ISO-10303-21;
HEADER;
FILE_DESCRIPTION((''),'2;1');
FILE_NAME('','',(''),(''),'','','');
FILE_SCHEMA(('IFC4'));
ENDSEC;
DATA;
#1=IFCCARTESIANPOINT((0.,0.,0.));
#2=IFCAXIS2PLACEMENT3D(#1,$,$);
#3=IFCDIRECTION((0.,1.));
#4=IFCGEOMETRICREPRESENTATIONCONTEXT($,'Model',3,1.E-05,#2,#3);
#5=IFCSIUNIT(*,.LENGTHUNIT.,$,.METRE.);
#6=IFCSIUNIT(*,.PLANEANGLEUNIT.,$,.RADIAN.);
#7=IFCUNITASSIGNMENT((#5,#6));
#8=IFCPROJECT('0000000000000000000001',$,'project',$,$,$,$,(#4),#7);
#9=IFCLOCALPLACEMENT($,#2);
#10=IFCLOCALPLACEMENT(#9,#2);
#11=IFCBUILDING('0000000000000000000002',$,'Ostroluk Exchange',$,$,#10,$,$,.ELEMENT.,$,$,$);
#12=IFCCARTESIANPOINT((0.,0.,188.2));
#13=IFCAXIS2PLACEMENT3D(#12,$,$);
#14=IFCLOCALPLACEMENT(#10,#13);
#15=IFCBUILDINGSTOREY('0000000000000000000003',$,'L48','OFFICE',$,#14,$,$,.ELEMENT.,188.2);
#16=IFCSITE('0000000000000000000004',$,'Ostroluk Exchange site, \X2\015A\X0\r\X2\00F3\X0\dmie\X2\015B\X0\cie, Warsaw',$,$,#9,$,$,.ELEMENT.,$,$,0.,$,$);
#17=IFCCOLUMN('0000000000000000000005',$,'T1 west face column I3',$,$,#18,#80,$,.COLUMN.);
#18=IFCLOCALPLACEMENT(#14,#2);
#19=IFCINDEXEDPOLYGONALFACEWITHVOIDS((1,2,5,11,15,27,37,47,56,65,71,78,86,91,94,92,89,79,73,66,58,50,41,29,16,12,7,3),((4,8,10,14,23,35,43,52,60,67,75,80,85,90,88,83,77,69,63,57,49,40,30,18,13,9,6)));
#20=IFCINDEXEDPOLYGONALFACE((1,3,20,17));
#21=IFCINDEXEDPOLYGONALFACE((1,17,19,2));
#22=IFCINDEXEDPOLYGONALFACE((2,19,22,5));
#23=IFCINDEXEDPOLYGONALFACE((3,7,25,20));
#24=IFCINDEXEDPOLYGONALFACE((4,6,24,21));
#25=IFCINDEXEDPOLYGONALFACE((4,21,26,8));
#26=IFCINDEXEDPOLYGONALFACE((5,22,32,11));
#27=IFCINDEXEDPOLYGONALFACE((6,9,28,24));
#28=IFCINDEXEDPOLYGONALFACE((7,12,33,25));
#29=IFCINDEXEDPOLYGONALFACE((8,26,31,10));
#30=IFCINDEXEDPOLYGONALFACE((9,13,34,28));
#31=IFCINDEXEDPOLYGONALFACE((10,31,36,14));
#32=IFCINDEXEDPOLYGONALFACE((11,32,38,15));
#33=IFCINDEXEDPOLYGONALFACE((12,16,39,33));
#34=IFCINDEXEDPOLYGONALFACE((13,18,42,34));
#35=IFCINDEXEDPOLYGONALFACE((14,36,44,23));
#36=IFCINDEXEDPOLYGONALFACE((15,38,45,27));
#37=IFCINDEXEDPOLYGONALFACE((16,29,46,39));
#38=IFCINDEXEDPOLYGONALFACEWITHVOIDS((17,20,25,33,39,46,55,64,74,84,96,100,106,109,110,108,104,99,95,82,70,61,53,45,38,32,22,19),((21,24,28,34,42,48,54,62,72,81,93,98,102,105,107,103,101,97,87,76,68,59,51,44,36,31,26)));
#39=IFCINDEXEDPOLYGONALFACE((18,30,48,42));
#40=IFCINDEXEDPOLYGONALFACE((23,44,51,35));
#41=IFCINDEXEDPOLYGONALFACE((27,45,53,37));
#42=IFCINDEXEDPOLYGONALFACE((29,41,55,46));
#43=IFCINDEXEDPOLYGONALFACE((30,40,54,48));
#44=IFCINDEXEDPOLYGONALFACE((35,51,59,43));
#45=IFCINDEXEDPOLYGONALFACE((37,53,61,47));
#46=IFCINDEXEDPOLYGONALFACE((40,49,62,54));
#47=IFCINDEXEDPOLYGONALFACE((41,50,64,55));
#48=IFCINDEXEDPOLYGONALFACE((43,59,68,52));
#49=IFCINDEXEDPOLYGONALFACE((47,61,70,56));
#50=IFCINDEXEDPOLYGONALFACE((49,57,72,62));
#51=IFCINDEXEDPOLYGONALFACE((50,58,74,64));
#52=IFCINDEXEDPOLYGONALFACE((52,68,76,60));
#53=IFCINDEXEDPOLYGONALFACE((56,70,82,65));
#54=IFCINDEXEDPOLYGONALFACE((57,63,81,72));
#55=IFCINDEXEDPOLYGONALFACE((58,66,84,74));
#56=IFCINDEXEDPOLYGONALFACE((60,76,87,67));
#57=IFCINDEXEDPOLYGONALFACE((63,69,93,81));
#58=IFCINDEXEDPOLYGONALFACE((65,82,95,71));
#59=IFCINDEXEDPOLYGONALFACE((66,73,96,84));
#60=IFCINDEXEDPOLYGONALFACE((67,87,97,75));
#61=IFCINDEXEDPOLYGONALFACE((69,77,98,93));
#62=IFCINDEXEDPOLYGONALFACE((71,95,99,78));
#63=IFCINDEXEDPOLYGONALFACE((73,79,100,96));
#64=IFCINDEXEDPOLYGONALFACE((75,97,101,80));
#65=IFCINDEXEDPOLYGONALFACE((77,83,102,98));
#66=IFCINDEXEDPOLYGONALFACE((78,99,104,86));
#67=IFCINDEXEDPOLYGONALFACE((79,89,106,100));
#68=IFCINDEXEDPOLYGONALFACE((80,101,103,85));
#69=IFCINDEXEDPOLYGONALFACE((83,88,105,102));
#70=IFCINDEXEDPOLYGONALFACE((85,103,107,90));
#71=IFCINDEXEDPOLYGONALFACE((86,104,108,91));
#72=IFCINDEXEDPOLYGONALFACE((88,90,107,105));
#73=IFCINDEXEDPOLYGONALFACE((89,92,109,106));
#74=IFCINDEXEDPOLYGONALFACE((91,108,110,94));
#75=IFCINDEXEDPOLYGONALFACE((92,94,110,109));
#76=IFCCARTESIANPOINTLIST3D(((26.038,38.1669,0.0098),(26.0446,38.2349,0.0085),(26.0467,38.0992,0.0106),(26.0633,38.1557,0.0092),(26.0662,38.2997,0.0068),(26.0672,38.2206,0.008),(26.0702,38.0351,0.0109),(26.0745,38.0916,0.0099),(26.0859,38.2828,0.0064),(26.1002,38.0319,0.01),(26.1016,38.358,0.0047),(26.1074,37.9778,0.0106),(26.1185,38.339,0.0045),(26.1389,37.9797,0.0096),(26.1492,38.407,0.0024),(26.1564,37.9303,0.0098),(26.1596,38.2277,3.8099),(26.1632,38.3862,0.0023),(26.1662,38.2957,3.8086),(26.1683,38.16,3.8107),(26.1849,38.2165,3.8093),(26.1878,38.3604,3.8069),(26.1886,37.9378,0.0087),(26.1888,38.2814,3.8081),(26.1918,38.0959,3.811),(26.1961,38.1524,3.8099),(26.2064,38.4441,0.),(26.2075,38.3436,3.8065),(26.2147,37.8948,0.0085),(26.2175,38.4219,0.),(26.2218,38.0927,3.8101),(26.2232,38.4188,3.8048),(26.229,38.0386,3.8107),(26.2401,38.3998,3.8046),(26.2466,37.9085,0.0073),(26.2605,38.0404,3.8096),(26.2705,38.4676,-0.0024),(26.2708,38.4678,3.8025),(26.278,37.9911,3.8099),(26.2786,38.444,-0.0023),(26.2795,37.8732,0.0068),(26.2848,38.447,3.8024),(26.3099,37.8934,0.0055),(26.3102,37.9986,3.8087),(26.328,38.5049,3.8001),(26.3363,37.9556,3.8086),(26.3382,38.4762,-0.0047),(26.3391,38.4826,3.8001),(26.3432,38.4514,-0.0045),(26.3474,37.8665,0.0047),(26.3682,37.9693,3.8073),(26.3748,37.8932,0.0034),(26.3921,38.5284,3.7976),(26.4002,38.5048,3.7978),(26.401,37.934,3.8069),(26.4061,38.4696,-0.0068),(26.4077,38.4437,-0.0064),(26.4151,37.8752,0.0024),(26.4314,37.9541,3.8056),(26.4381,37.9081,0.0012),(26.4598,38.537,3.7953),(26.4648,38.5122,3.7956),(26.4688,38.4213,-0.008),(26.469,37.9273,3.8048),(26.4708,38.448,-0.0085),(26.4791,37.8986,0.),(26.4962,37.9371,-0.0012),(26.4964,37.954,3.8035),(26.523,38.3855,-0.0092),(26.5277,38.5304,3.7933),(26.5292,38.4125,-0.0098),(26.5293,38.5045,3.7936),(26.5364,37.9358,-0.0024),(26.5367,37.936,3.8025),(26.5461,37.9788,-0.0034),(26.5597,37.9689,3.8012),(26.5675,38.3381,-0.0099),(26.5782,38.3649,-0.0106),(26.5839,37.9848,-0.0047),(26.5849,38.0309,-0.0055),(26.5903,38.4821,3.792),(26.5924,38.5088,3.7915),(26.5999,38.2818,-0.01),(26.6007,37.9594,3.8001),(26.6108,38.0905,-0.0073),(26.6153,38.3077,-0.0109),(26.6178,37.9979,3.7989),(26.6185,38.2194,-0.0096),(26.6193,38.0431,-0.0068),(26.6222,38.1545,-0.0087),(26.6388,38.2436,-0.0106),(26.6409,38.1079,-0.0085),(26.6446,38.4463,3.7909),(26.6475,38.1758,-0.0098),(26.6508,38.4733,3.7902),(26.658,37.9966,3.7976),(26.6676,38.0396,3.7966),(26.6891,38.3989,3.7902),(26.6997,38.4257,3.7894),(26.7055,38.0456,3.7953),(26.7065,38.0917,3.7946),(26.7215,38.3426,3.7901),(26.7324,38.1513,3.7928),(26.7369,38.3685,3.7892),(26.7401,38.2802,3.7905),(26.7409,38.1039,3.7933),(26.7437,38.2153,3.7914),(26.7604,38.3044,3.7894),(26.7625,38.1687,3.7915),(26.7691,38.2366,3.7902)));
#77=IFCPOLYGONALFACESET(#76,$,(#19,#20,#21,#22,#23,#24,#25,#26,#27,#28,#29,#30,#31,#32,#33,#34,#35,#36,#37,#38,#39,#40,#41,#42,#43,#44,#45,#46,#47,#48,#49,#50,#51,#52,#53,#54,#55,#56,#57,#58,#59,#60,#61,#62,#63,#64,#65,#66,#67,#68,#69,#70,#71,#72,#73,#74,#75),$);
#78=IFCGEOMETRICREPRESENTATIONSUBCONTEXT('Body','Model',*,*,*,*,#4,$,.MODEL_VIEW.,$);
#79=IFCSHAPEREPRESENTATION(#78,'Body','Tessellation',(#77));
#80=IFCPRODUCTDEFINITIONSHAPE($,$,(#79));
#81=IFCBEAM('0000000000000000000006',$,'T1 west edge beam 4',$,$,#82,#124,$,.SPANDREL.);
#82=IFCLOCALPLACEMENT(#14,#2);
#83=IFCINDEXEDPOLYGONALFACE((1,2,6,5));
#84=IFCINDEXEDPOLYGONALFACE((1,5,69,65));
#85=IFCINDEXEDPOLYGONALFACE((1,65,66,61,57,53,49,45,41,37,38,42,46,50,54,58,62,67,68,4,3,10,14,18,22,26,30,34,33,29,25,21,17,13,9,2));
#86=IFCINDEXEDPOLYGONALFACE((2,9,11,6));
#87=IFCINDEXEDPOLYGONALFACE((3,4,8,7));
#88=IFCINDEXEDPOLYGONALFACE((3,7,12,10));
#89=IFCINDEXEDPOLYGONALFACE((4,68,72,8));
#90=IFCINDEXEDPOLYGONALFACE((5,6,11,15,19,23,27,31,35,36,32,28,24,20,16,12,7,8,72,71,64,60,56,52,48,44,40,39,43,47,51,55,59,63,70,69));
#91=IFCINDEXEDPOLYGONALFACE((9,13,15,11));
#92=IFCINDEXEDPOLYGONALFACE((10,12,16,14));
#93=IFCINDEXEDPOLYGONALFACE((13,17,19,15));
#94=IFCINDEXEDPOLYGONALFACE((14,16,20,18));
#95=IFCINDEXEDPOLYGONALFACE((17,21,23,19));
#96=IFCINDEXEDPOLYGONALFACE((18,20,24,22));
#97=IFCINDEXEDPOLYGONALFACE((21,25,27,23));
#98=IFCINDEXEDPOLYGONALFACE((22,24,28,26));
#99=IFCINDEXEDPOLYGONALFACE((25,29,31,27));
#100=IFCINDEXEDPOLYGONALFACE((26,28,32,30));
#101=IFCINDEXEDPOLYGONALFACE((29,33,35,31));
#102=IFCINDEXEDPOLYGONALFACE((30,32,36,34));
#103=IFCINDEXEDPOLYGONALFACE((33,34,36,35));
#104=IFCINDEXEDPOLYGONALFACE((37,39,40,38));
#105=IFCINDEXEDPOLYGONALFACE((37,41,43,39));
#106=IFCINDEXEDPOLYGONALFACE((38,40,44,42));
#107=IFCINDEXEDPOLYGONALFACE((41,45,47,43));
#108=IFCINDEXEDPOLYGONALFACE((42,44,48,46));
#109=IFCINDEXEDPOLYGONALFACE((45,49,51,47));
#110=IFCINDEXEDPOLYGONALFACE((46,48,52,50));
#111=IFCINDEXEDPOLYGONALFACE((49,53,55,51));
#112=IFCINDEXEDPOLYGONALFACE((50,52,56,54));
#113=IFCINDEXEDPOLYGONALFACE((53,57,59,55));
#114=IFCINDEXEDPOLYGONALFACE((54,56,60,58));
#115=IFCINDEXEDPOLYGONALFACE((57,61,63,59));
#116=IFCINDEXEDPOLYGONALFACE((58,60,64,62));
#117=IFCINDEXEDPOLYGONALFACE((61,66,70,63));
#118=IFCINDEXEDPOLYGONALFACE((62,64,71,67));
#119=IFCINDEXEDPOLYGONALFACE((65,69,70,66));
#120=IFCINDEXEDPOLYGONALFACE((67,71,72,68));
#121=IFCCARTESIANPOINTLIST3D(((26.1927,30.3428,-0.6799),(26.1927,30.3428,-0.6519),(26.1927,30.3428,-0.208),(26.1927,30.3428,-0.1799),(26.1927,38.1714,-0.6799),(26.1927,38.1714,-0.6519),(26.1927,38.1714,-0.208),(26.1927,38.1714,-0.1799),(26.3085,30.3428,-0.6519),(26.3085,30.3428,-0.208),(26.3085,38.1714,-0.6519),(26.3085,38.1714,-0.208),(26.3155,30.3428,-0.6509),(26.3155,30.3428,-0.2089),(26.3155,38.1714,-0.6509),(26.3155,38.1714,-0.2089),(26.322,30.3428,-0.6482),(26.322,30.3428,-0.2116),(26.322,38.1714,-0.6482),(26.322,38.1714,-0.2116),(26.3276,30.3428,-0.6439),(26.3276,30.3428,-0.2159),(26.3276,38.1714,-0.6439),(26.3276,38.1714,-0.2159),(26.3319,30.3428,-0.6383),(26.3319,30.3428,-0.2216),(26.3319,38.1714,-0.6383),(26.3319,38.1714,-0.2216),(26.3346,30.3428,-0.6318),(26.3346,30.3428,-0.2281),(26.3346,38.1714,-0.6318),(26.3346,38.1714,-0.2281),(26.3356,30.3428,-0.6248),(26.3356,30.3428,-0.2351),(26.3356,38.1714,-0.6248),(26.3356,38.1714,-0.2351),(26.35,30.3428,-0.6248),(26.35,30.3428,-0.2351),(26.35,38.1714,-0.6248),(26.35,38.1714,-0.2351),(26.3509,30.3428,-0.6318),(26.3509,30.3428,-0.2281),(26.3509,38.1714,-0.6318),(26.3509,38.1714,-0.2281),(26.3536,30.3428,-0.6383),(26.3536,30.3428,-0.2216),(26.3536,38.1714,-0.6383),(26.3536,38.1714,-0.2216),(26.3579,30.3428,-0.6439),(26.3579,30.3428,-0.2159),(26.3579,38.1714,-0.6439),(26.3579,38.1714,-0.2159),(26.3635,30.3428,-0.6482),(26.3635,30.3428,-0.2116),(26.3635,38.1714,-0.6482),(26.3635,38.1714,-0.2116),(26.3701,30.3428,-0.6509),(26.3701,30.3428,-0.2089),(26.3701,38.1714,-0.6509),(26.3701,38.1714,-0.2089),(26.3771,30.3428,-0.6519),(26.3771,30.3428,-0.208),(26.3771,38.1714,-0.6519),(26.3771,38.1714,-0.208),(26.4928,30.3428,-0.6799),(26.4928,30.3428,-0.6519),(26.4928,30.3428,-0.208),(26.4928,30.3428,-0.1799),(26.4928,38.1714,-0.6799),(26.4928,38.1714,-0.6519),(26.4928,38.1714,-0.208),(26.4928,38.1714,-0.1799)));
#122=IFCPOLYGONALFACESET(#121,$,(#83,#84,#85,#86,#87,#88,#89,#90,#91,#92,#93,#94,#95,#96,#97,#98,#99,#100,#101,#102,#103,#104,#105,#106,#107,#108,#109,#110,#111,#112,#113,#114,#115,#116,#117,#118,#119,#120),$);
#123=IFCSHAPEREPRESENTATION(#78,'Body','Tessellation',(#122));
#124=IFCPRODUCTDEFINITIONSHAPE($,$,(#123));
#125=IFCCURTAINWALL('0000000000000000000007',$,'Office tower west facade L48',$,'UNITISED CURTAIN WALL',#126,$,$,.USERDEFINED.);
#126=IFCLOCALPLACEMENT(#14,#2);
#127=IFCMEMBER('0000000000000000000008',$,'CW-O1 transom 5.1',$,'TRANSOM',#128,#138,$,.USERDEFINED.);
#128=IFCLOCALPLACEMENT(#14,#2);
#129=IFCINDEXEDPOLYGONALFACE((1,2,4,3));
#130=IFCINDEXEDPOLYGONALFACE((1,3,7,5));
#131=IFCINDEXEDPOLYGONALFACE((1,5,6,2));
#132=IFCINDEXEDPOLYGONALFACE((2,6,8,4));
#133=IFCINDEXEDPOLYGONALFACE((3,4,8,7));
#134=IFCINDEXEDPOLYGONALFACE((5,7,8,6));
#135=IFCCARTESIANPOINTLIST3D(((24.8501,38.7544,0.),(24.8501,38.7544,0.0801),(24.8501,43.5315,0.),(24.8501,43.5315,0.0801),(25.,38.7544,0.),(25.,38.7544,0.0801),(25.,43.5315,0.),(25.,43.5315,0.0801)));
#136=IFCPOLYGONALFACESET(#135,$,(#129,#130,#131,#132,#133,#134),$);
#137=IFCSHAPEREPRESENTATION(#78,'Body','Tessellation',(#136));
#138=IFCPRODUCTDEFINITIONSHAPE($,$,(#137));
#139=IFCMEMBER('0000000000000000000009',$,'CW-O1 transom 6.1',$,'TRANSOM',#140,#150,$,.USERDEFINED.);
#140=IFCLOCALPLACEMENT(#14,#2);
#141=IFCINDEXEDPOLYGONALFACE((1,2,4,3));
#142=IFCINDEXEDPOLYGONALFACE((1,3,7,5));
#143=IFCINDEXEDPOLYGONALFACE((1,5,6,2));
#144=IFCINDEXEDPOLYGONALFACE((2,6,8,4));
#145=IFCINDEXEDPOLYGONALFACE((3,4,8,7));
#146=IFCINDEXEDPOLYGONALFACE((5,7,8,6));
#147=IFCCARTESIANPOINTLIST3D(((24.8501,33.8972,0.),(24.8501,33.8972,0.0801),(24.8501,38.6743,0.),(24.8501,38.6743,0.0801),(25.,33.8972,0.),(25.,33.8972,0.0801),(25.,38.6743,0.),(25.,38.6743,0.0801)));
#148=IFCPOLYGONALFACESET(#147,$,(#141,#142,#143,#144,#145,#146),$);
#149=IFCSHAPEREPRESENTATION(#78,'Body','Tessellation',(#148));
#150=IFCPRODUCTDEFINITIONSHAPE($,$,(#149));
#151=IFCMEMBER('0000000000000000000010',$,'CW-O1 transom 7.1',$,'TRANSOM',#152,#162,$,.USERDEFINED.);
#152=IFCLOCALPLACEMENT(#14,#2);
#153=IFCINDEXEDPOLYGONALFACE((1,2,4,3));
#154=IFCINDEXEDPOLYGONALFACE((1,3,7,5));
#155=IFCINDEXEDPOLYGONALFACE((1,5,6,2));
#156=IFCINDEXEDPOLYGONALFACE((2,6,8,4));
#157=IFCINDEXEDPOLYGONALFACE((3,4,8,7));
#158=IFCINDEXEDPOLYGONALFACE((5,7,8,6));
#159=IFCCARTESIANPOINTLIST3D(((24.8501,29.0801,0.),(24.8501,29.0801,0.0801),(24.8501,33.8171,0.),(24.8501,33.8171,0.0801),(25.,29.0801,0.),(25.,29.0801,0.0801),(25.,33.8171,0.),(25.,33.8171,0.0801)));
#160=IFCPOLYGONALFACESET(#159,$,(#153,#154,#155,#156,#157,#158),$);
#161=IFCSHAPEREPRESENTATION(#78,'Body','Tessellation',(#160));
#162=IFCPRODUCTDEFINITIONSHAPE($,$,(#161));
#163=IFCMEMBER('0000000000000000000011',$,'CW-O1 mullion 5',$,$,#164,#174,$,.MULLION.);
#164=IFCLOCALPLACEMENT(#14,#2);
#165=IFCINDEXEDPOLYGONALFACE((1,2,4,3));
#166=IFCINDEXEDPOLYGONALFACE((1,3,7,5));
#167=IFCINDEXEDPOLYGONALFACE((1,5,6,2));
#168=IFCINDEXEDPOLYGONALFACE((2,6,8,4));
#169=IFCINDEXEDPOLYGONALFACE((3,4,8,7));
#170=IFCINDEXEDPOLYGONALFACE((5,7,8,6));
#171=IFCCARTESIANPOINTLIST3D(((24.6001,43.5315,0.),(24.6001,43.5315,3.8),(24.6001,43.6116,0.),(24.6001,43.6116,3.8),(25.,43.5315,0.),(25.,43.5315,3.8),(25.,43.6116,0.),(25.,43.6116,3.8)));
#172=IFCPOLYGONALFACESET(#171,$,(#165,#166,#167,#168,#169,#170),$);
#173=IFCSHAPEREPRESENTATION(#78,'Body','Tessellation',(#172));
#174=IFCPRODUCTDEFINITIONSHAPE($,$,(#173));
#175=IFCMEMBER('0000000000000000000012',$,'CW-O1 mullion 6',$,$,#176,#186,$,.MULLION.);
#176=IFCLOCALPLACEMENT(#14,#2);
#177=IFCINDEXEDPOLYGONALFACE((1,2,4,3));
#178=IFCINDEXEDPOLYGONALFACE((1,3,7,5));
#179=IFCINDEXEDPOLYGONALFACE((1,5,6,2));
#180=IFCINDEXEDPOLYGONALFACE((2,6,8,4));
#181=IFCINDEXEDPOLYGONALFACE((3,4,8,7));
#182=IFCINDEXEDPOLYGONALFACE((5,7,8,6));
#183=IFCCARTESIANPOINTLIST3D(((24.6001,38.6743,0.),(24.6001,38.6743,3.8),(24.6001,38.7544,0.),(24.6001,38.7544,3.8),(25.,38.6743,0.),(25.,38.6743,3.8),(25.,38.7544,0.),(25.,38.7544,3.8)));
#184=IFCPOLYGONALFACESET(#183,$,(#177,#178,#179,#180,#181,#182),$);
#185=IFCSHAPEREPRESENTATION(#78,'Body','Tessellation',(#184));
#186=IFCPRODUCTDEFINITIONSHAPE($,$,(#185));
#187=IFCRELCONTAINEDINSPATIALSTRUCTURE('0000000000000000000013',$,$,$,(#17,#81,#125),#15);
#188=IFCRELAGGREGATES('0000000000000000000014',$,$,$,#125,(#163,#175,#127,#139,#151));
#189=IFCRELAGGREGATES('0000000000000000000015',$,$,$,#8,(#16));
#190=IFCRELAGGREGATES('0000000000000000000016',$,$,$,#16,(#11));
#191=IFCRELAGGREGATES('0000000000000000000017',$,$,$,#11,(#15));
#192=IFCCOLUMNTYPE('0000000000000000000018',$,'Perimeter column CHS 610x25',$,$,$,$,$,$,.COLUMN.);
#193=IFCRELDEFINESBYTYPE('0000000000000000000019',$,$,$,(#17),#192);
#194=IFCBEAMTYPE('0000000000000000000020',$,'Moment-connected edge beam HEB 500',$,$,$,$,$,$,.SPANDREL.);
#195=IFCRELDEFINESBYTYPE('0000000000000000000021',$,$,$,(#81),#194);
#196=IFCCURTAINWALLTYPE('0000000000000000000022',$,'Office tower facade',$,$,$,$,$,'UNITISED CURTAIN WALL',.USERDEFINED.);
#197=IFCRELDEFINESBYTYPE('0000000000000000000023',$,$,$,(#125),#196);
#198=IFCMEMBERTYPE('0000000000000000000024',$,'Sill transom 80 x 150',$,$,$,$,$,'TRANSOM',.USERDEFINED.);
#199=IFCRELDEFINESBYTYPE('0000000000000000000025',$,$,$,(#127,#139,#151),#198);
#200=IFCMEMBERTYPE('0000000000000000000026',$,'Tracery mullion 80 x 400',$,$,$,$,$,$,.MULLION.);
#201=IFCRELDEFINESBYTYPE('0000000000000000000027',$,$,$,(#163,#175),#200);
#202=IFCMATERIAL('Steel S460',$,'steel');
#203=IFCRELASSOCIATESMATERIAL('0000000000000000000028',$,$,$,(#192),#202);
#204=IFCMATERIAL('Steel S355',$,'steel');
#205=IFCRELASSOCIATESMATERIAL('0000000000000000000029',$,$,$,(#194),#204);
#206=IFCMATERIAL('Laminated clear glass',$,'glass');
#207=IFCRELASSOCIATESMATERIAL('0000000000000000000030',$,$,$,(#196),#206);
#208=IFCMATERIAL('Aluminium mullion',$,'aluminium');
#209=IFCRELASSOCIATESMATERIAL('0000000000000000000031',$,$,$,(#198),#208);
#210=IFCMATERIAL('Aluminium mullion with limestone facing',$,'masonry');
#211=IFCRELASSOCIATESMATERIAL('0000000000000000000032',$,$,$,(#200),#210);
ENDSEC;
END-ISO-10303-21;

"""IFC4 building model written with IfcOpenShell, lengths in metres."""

from ifc_helpers import new_model, si_unit, direction, frame, origin, origin_2d, place, context, subcontext, project, spatial, rectangle, hollow_circle, i_section, extrude, material, material_profile, profile_set, type_object, element, aggregate, save


model = new_model("IFC4")

# Units and contexts
model_context = context("Model", 3, precision=1e-05, world=origin(), true_north=direction((0.0, 1.0)))
body_context = subcontext(model_context, "Body", "Model", "MODEL_VIEW")
ifc_project = project(units=[si_unit("LENGTHUNIT", "METRE"), si_unit("PLANEANGLEUNIT", "RADIAN")], contexts=[model_context])

# Site, building, storey
site_placement = place(None, origin())
site = spatial("IfcSite", under=ifc_project, at=site_placement, Name="Ostroluk Exchange site, Śródmieście, Warsaw", CompositionType="ELEMENT", RefElevation=0.0)
building_placement = place(site_placement, origin())
building = spatial("IfcBuilding", under=site, at=building_placement, Name="Ostroluk Exchange", CompositionType="ELEMENT")
storey_placement = place(building_placement, frame((0.0, 0.0, 188.2)))
storey = spatial("IfcBuildingStorey", under=building, at=storey_placement, Name="L48", Description="OFFICE", CompositionType="ELEMENT", Elevation=188.2)

# Column
ifc_material_1 = material(Name="Steel S460", Category="steel")
ifc_material_profile_1 = material_profile(ifc_material_1, hollow_circle(Radius=0.3049, WallThickness=0.0249, at=origin_2d()), Name="CHS 610x25")
ifc_profile_set_1 = profile_set([ifc_material_profile_1], Name="Steel S460")
column_type = type_object("IfcColumnType", Name="Perimeter column CHS 610x25", PredefinedType="COLUMN", material=ifc_profile_set_1)
column_placement = place(storey_placement, frame((26.3428, 38.1714, 0.0), z_axis=(0.031974, 0.015987, 0.999361), x_axis=(-0.447214, 0.894427, 0.0)))
element("IfcColumn", 1, at=column_placement, inside=storey, type_object=column_type, Name="T1 west face column I3", PredefinedType="COLUMN", context=body_context, shape_type="SweptSolid", body=[
    extrude(hollow_circle(Radius=0.3049, WallThickness=0.0249, at=origin_2d()), origin(), (0.0, 0.0, 1.0), 3.8025),
])

# Beam
ifc_material_2 = material(Name="Steel S355", Category="steel")
ifc_material_profile_2 = material_profile(ifc_material_2, i_section(OverallWidth=0.3, OverallDepth=0.5, WebThickness=0.0144, FlangeThickness=0.0281, FilletRadius=0.0271, at=origin_2d()), Name="HEB 500")
ifc_profile_set_2 = profile_set([ifc_material_profile_2], Name="Steel S355")
beam_type = type_object("IfcBeamType", Name="Moment-connected edge beam HEB 500", PredefinedType="SPANDREL", material=ifc_profile_set_2)
beam_placement = place(storey_placement, frame((26.3428, 38.1714, -0.4299), z_axis=(0.0, -1.0, 0.0), x_axis=(1.0, 0.0, 0.0)))
element("IfcBeam", 2, at=beam_placement, inside=storey, type_object=beam_type, Name="T1 west edge beam 4", PredefinedType="SPANDREL", context=body_context, shape_type="SweptSolid", body=[
    extrude(i_section(OverallWidth=0.3, OverallDepth=0.5, WebThickness=0.0144, FlangeThickness=0.0281, FilletRadius=0.0271, at=origin_2d()), origin(), (0.0, 0.0, 1.0), 7.8286),
])

# Curtain wall, members
ifc_material_3 = material(Name="Laminated clear glass", Category="glass")
curtain_wall_type = type_object("IfcCurtainWallType", Name="Office tower facade", ElementType="UNITISED CURTAIN WALL", PredefinedType="USERDEFINED", material=ifc_material_3)
curtain_wall_placement = place(storey_placement, origin())
curtain_wall = element("IfcCurtainWall", 3, at=curtain_wall_placement, inside=storey, type_object=curtain_wall_type, Name="Office tower west facade L48", ObjectType="UNITISED CURTAIN WALL", PredefinedType="USERDEFINED")
ifc_material_4 = material(Name="Aluminium mullion", Category="aluminium")
ifc_material_profile_3 = material_profile(ifc_material_4, rectangle(XDim=0.1499, YDim=0.0801, at=origin_2d()), Name="Sill transom 80 x 150")
ifc_profile_set_3 = profile_set([ifc_material_profile_3], Name="Aluminium mullion")
member_type_1 = type_object("IfcMemberType", Name="Sill transom 80 x 150", ElementType="TRANSOM", PredefinedType="USERDEFINED", material=ifc_profile_set_3)
member_1_placement = place(storey_placement, frame((24.925, 43.5315, 0.04), z_axis=(0.0, -1.0, 0.0), x_axis=(1.0, 0.0, 0.0)))
member_1 = element("IfcMember", 4, at=member_1_placement, type_object=member_type_1, Name="CW-O1 transom 5.1", ObjectType="TRANSOM", PredefinedType="USERDEFINED", context=body_context, shape_type="SweptSolid", body=[
    extrude(rectangle(XDim=0.1499, YDim=0.0801, at=origin_2d()), origin(), (0.0, 0.0, 1.0), 4.7771),
])
member_2_placement = place(storey_placement, frame((24.925, 38.6743, 0.04), z_axis=(0.0, -1.0, 0.0), x_axis=(1.0, 0.0, 0.0)))
member_2 = element("IfcMember", 5, at=member_2_placement, type_object=member_type_1, Name="CW-O1 transom 6.1", ObjectType="TRANSOM", PredefinedType="USERDEFINED", context=body_context, shape_type="SweptSolid", body=[
    extrude(rectangle(XDim=0.1499, YDim=0.0801, at=origin_2d()), origin(), (0.0, 0.0, 1.0), 4.7771),
])
member_3_placement = place(storey_placement, frame((24.925, 33.8171, 0.04), z_axis=(0.0, -1.0, 0.0), x_axis=(1.0, 0.0, 0.0)))
member_3 = element("IfcMember", 6, at=member_3_placement, type_object=member_type_1, Name="CW-O1 transom 7.1", ObjectType="TRANSOM", PredefinedType="USERDEFINED", context=body_context, shape_type="SweptSolid", body=[
    extrude(rectangle(XDim=0.1499, YDim=0.0801, at=origin_2d()), origin(), (0.0, 0.0, 1.0), 4.7371),
])
ifc_material_5 = material(Name="Aluminium mullion with limestone facing", Category="masonry")
ifc_material_profile_4 = material_profile(ifc_material_5, rectangle(XDim=0.3999, YDim=0.0801, at=origin_2d()), Name="Tracery mullion 80 x 400")
ifc_profile_set_4 = profile_set([ifc_material_profile_4], Name="Aluminium mullion with limestone facing")
member_type_2 = type_object("IfcMemberType", Name="Tracery mullion 80 x 400", PredefinedType="MULLION", material=ifc_profile_set_4)
member_4_placement = place(storey_placement, frame((24.8, 43.5715, 0.0), z_axis=(0.0, 0.0, 1.0), x_axis=(1.0, 0.0, 0.0)))
member_4 = element("IfcMember", 7, at=member_4_placement, type_object=member_type_2, Name="CW-O1 mullion 5", PredefinedType="MULLION", context=body_context, shape_type="SweptSolid", body=[
    extrude(rectangle(XDim=0.3999, YDim=0.0801, at=origin_2d()), origin(), (0.0, 0.0, 1.0), 3.8),
])
member_5_placement = place(storey_placement, frame((24.8, 38.7144, 0.0), z_axis=(0.0, 0.0, 1.0), x_axis=(1.0, 0.0, 0.0)))
member_5 = element("IfcMember", 8, at=member_5_placement, type_object=member_type_2, Name="CW-O1 mullion 6", PredefinedType="MULLION", context=body_context, shape_type="SweptSolid", body=[
    extrude(rectangle(XDim=0.3999, YDim=0.0801, at=origin_2d()), origin(), (0.0, 0.0, 1.0), 3.8),
])
aggregate(curtain_wall, [member_4, member_5, member_1, member_2, member_3])

save(model, "model.ifc")
